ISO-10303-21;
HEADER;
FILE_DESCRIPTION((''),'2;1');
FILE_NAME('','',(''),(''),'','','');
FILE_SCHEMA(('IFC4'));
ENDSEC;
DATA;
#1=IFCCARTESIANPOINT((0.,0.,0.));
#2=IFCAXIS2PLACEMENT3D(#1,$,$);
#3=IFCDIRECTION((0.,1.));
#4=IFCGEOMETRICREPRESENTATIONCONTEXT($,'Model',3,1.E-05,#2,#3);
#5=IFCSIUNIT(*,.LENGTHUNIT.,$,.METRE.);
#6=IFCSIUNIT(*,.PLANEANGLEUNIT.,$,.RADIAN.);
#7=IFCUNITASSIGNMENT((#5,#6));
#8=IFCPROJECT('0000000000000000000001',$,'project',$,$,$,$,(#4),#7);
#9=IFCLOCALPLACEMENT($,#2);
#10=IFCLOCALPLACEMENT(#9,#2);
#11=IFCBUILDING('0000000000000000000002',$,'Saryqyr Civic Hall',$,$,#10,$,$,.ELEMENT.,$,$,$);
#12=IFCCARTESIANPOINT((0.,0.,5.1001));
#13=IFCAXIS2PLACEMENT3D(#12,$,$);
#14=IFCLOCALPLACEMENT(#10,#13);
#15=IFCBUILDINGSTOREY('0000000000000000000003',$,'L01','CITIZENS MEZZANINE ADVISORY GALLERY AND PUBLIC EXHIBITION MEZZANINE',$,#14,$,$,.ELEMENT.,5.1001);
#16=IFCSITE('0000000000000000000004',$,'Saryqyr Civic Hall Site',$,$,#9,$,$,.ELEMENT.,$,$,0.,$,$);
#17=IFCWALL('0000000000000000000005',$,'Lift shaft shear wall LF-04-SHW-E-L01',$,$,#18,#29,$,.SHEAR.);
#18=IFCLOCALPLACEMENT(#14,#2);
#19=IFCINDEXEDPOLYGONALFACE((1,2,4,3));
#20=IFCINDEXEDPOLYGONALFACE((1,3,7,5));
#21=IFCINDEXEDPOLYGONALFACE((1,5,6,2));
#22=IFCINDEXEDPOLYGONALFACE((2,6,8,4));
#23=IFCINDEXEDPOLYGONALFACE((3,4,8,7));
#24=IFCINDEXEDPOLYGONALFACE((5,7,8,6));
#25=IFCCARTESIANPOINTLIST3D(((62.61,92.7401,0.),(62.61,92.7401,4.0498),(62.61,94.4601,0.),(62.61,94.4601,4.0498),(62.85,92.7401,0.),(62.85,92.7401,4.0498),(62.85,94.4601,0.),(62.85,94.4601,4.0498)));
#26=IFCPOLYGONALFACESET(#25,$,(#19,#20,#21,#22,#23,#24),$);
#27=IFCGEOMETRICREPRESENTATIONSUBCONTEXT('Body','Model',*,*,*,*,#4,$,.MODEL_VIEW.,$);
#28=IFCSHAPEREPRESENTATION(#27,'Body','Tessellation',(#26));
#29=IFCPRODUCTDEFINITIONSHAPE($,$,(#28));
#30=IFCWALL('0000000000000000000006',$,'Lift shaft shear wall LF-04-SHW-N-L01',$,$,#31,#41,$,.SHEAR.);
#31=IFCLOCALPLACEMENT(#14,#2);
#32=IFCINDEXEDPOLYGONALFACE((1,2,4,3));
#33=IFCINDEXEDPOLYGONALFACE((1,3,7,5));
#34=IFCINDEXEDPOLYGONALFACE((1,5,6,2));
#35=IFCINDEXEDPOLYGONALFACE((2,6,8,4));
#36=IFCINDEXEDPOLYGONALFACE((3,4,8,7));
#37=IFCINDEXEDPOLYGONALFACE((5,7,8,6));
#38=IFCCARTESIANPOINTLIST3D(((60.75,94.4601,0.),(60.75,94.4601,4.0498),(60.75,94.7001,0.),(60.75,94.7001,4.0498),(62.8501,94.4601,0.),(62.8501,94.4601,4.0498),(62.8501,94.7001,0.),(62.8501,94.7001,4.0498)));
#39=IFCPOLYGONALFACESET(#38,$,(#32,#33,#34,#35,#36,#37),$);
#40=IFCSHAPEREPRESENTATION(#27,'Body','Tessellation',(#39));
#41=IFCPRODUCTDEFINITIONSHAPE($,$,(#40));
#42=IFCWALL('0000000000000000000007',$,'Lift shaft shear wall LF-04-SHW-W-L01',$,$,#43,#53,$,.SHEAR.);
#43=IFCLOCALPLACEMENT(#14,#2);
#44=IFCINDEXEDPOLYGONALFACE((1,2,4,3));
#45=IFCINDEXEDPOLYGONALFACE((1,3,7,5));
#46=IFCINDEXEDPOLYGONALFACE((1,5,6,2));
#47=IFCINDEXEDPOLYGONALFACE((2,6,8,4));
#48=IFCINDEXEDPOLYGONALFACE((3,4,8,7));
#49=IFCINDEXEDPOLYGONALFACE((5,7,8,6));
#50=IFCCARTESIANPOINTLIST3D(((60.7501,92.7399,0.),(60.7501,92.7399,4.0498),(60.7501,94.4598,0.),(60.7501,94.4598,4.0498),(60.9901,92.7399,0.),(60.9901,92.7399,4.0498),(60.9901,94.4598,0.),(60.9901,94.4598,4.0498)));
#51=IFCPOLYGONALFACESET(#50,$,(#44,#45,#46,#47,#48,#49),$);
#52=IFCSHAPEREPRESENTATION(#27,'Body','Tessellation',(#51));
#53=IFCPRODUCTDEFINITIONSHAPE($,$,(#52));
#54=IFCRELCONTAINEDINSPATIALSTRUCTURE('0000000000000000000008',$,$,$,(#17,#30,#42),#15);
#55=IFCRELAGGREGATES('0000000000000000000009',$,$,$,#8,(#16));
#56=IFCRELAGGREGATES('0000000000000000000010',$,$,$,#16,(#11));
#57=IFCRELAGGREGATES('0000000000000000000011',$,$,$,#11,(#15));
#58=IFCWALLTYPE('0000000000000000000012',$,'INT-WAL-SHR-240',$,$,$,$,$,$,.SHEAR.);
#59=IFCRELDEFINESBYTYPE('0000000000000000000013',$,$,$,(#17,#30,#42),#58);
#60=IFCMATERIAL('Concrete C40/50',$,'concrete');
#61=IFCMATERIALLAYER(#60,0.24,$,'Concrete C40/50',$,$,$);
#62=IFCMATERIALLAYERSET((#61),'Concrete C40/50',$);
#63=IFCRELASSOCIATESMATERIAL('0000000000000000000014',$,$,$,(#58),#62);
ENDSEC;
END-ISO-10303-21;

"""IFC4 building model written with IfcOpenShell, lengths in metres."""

from ifc_helpers import new_model, si_unit, direction, frame, frame_2d, origin, place, context, subcontext, project, spatial, rectangle, extrude, material, layer, layer_set, type_object, element, save


model = new_model("IFC4")

# Units and contexts
model_context = context("Model", 3, precision=1e-05, world=origin(), true_north=direction((0.0, 1.0)))
body_context = subcontext(model_context, "Body", "Model", "MODEL_VIEW")
ifc_project = project(units=[si_unit("LENGTHUNIT", "METRE"), si_unit("PLANEANGLEUNIT", "RADIAN")], contexts=[model_context])

# Site, building, storey
site_placement = place(None, origin())
site = spatial("IfcSite", under=ifc_project, at=site_placement, Name="Saryqyr Civic Hall Site", CompositionType="ELEMENT", RefElevation=0.0)
building_placement = place(site_placement, origin())
building = spatial("IfcBuilding", under=site, at=building_placement, Name="Saryqyr Civic Hall", CompositionType="ELEMENT")
storey_placement = place(building_placement, frame((0.0, 0.0, 5.1001)))
storey = spatial("IfcBuildingStorey", under=building, at=storey_placement, Name="L01", Description="CITIZENS MEZZANINE ADVISORY GALLERY AND PUBLIC EXHIBITION MEZZANINE", CompositionType="ELEMENT", Elevation=5.1001)

# Shared definitions
ifc_material_1 = material(Name="Concrete C40/50", Category="concrete")

# Shared definitions
ifc_layer_1 = layer(ifc_material_1, 0.24, Name="Concrete C40/50")
ifc_layer_set_1 = layer_set([ifc_layer_1], Name="Concrete C40/50")
wall_type_1 = type_object("IfcWallType", Name="INT-WAL-SHR-240", PredefinedType="SHEAR", material=ifc_layer_set_1)

# Walls
wall_1_placement = place(storey_placement, frame((62.73, 94.46, 0.0), z_axis=(0.0, 0.0, 1.0), x_axis=(0.0, -1.0, 0.0)))
element("IfcWall", 1, at=wall_1_placement, inside=storey, type_object=wall_type_1, Name="Lift shaft shear wall LF-04-SHW-E-L01", PredefinedType="SHEAR", context=body_context, shape_type="SweptSolid", body=[
    extrude(rectangle(XDim=1.72, YDim=0.24, at=frame_2d((0.8599, 0.0))), origin(), (0.0, 0.0, 1.0), 4.0498),
])
wall_2_placement = place(storey_placement, frame((60.75, 94.5801, 0.0), z_axis=(0.0, 0.0, 1.0), x_axis=(1.0, 0.0, 0.0)))
element("IfcWall", 2, at=wall_2_placement, inside=storey, type_object=wall_type_1, Name="Lift shaft shear wall LF-04-SHW-N-L01", PredefinedType="SHEAR", context=body_context, shape_type="SweptSolid", body=[
    extrude(rectangle(XDim=2.1001, YDim=0.24, at=frame_2d((1.05, 0.0))), origin(), (0.0, 0.0, 1.0), 4.0498),
])
wall_3_placement = place(storey_placement, frame((60.8701, 92.74, 0.0), z_axis=(0.0, 0.0, 1.0), x_axis=(0.0, 1.0, 0.0)))
element("IfcWall", 3, at=wall_3_placement, inside=storey, type_object=wall_type_1, Name="Lift shaft shear wall LF-04-SHW-W-L01", PredefinedType="SHEAR", context=body_context, shape_type="SweptSolid", body=[
    extrude(rectangle(XDim=1.72, YDim=0.24, at=frame_2d((0.8599, 0.0))), origin(), (0.0, 0.0, 1.0), 4.0498),
])

save(model, "model.ifc")
